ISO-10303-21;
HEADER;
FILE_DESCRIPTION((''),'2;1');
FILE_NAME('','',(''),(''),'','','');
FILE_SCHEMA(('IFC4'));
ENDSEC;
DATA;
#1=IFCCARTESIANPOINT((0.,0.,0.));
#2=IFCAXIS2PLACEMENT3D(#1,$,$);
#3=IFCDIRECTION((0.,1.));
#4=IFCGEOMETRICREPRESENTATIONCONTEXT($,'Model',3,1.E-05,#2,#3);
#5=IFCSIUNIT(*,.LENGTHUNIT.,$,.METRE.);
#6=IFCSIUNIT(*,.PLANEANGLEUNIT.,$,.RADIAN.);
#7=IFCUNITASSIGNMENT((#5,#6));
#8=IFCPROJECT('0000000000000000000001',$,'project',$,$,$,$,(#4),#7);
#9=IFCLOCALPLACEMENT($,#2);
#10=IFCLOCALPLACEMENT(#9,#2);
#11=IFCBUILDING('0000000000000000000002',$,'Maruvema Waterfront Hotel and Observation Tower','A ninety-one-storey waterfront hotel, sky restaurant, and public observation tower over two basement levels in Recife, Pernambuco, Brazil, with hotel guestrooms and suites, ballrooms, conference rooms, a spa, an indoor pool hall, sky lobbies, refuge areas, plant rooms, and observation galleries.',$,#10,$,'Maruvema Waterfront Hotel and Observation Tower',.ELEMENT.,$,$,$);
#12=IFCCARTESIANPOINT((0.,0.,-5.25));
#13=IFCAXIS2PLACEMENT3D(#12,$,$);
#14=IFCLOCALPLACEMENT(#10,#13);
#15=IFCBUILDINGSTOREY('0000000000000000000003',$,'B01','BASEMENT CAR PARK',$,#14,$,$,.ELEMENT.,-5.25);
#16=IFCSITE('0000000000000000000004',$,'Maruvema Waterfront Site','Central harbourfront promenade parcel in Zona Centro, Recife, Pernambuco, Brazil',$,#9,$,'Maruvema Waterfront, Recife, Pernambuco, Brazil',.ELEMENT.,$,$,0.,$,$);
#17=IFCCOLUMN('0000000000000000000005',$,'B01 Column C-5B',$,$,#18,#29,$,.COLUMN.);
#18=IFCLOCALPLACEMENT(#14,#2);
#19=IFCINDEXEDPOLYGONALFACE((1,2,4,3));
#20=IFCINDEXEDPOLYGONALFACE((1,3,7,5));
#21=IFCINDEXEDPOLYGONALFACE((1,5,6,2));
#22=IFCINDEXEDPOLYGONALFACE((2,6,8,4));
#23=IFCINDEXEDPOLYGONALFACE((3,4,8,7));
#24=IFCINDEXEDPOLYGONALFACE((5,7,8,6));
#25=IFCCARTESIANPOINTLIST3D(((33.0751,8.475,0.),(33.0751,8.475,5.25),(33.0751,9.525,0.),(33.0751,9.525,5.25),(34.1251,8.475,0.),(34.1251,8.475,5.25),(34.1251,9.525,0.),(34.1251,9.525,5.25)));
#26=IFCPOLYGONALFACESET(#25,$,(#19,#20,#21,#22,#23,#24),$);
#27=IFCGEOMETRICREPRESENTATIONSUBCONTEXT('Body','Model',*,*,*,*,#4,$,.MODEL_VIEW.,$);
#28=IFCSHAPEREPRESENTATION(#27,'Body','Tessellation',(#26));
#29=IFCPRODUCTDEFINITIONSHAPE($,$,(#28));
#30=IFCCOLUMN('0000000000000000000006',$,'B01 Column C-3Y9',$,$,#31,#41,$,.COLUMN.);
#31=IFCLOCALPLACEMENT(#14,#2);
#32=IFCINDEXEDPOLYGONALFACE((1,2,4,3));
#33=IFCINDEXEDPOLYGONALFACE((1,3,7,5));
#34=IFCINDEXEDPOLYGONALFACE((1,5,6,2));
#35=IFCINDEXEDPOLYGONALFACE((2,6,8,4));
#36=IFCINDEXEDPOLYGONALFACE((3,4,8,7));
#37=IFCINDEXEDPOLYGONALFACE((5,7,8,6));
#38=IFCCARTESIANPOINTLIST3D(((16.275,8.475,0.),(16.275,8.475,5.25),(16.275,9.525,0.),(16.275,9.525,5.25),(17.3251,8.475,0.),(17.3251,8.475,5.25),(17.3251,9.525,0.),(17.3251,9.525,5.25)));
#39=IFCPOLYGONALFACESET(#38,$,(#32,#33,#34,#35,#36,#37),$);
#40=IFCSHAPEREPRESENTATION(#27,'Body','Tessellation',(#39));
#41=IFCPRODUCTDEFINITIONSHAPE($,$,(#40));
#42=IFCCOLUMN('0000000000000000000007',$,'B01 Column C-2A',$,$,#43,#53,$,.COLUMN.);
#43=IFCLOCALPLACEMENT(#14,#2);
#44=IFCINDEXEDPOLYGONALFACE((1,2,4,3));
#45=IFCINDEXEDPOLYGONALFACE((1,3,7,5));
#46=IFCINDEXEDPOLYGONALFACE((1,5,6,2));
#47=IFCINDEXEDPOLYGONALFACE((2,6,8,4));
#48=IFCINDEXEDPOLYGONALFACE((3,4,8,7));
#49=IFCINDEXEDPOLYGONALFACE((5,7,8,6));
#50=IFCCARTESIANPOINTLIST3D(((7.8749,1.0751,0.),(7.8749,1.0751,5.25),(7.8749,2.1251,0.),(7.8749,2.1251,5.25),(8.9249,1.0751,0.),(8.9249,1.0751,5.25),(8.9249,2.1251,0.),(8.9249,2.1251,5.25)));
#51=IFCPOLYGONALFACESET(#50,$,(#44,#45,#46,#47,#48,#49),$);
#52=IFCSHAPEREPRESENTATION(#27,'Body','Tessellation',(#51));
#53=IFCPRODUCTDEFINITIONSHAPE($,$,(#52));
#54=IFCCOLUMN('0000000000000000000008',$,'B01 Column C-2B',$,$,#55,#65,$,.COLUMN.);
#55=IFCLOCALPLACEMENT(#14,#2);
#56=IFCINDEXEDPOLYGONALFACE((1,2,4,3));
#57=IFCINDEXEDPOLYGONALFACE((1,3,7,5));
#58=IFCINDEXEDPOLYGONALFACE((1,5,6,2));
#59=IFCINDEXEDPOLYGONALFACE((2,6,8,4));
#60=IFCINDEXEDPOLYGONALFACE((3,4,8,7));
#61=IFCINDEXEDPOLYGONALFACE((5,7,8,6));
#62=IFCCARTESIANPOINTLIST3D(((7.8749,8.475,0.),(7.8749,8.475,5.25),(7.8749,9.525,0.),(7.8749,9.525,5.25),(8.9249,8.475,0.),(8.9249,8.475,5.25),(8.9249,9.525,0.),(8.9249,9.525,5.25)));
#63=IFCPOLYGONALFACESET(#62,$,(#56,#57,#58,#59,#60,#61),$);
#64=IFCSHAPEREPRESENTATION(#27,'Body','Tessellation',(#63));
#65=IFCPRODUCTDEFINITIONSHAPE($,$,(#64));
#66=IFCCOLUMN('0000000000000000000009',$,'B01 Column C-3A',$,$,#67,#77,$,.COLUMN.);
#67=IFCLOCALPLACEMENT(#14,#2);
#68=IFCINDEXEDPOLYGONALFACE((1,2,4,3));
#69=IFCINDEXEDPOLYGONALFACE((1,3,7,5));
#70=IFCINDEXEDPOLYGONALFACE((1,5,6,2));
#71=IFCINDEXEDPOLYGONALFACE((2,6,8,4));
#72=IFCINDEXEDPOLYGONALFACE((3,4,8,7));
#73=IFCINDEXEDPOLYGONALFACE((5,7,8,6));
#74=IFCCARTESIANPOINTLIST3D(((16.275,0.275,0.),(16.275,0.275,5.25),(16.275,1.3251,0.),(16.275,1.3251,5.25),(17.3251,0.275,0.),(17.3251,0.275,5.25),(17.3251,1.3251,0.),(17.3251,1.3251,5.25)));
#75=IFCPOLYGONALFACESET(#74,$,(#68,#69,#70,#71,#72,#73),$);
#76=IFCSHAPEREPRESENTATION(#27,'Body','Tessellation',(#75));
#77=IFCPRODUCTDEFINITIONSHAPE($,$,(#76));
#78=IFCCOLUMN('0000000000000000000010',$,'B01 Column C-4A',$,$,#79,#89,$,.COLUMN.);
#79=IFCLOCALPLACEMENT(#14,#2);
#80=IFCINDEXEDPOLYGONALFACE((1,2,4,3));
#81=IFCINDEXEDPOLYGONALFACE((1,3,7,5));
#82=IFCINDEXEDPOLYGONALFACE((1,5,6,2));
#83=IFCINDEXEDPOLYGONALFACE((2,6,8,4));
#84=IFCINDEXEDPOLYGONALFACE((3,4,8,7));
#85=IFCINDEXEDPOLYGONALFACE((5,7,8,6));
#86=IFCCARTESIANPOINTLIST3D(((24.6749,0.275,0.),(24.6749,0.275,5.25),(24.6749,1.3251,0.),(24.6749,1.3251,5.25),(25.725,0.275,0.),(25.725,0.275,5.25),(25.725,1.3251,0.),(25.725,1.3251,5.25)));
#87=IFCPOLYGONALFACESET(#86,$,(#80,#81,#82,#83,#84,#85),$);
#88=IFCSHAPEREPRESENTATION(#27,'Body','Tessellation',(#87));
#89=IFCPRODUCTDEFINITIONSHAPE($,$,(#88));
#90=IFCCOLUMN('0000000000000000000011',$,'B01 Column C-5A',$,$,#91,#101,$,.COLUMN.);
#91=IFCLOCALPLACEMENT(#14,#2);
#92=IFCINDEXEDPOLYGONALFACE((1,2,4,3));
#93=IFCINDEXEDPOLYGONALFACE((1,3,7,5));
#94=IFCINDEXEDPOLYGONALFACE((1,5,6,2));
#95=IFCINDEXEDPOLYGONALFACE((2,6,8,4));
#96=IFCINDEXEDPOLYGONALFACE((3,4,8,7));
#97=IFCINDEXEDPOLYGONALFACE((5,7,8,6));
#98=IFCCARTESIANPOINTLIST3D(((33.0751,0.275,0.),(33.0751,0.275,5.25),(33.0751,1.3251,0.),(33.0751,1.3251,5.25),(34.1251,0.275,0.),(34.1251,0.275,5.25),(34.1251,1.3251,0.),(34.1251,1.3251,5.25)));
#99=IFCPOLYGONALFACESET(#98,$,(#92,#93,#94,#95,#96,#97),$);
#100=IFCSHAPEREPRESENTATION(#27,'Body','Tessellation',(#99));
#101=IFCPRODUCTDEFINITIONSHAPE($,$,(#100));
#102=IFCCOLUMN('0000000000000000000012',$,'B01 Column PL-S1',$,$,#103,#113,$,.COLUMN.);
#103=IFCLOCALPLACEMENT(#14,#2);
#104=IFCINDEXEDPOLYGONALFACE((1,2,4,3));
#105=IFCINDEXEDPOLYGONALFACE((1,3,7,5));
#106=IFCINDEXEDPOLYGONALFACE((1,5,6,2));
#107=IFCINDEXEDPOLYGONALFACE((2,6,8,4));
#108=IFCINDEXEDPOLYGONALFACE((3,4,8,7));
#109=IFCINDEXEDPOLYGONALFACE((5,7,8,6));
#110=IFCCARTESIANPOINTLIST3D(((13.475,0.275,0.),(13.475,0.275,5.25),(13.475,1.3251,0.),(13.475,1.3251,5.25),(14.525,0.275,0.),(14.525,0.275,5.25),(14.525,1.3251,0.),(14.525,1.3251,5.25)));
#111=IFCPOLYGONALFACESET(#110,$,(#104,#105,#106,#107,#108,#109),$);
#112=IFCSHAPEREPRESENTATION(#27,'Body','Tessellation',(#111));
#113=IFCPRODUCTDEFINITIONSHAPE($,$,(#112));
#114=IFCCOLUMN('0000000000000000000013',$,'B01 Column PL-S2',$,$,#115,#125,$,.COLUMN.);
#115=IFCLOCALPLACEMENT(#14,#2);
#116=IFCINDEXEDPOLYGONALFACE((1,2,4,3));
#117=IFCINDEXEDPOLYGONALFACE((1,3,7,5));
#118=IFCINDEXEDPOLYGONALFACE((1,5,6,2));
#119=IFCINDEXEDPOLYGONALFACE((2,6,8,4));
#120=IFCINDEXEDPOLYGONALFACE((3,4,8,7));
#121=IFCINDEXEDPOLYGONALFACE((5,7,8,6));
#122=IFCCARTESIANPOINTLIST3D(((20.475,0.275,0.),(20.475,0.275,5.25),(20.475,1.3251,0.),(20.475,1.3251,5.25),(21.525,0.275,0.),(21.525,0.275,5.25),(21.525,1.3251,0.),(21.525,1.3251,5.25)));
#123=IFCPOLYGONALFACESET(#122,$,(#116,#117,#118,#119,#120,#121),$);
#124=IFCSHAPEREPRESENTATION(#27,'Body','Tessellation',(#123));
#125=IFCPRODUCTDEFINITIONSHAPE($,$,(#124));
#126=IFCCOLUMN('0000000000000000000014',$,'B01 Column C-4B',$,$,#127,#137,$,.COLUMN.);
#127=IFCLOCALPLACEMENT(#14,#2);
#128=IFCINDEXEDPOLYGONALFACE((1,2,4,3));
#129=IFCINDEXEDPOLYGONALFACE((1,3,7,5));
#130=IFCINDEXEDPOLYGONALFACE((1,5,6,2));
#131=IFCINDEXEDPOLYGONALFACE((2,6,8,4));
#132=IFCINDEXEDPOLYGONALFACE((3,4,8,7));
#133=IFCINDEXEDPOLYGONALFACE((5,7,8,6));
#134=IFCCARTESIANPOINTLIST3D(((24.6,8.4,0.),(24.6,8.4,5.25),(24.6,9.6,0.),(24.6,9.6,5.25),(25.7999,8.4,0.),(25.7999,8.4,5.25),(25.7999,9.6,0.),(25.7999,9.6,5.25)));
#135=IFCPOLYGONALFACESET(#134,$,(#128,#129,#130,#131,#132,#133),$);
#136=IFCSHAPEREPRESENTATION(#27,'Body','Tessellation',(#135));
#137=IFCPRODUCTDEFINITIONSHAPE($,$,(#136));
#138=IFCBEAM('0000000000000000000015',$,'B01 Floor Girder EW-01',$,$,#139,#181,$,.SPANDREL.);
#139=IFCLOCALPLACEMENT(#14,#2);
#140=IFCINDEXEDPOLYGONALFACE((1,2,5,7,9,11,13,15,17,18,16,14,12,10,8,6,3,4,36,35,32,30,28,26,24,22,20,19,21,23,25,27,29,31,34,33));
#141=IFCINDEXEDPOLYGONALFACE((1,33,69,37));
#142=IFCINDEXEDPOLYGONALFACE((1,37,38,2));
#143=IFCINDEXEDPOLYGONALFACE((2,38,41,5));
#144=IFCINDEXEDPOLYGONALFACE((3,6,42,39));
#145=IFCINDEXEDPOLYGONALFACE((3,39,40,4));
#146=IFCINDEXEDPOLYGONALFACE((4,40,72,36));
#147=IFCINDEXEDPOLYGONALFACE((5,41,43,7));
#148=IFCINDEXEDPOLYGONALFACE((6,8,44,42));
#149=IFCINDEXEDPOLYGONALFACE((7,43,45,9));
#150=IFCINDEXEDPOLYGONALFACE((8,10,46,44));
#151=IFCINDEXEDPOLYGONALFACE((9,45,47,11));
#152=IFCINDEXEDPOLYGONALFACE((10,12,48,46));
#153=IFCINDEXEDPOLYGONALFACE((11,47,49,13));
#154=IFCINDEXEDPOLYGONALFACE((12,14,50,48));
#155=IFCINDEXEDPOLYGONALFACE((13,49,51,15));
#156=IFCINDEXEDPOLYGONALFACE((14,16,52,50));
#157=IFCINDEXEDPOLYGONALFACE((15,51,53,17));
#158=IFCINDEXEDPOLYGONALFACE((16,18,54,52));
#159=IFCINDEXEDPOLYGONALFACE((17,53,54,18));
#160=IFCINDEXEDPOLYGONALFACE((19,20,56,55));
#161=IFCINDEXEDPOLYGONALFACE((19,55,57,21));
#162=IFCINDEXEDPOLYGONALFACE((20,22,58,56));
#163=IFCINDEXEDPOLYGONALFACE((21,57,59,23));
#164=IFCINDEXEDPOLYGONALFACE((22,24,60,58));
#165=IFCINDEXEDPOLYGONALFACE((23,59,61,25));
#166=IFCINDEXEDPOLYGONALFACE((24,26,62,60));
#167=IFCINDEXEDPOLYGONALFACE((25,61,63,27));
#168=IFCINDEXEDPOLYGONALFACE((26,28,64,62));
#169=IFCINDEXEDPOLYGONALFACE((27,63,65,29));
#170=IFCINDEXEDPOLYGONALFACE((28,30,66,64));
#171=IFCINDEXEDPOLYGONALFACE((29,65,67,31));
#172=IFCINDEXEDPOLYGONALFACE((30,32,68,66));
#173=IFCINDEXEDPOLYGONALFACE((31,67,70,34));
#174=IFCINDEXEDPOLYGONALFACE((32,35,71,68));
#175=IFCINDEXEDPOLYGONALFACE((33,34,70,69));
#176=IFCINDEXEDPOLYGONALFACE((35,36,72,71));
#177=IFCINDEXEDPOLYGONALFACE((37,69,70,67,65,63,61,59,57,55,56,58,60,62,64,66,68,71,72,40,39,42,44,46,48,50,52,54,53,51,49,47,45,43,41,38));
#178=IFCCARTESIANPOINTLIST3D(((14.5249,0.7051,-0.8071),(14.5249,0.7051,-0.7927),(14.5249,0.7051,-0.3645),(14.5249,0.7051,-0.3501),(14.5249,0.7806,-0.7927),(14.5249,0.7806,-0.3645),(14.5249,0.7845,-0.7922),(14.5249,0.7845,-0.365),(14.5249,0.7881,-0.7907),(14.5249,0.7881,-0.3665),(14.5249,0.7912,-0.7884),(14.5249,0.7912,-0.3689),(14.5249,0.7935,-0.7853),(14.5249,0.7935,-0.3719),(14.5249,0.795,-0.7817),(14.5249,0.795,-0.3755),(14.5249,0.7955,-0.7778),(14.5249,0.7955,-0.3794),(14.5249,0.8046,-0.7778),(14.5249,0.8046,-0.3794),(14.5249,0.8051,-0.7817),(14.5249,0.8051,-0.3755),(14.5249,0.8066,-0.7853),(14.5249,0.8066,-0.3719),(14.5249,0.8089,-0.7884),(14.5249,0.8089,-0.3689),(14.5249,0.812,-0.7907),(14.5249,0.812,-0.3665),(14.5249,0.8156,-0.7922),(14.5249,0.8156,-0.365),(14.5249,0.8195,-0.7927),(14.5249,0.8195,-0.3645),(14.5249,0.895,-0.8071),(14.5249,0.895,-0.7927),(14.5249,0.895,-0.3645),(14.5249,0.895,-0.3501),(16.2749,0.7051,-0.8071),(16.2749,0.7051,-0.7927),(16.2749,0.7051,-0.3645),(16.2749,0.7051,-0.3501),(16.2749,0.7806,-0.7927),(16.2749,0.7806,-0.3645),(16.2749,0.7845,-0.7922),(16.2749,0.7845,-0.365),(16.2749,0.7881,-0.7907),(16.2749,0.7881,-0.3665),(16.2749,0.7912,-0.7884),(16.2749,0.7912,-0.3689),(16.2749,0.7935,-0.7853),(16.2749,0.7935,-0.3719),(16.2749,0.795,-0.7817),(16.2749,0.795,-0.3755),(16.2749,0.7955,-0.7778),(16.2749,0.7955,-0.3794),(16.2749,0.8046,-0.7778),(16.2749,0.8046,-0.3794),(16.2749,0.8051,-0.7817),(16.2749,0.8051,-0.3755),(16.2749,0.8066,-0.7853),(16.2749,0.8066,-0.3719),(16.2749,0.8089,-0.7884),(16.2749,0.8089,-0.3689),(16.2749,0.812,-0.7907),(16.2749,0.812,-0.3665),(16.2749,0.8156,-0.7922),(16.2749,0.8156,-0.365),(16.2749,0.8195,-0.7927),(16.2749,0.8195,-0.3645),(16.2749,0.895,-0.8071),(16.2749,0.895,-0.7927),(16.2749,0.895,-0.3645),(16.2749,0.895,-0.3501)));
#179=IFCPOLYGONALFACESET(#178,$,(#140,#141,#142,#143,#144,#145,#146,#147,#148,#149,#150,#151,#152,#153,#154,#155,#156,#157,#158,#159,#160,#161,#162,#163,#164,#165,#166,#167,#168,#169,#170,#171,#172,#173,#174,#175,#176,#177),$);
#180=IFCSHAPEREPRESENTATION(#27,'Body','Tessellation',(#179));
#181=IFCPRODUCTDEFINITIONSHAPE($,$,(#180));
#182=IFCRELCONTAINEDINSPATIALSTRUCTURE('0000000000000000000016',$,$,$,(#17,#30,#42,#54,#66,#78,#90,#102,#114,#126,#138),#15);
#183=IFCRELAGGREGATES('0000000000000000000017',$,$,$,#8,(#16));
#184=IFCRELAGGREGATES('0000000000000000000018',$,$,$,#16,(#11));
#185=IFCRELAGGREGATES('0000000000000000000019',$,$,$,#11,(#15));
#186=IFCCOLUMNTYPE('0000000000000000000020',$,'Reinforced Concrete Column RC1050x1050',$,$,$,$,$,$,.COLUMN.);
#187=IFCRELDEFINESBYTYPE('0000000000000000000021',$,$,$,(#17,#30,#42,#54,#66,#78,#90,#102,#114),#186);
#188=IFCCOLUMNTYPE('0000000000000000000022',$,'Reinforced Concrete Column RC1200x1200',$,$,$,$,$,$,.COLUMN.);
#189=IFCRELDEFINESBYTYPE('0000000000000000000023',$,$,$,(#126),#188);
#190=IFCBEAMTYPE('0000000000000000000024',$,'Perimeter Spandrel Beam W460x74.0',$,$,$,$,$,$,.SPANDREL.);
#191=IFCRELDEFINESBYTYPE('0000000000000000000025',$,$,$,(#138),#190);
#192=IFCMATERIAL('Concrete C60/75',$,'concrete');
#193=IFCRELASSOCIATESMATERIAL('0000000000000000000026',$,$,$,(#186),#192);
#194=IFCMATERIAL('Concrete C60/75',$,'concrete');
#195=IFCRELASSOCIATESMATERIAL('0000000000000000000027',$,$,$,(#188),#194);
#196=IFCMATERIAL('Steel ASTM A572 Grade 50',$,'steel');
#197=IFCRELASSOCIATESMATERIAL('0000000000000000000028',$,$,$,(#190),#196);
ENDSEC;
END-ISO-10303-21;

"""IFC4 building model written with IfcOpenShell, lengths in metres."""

from ifc_helpers import new_model, si_unit, direction, frame, origin, origin_2d, place, context, subcontext, project, spatial, rectangle, i_section, extrude, material, material_profile, profile_set, type_object, element, save


model = new_model("IFC4")

# Units and contexts
model_context = context("Model", 3, precision=1e-05, world=origin(), true_north=direction((0.0, 1.0)))
body_context = subcontext(model_context, "Body", "Model", "MODEL_VIEW")
ifc_project = project(units=[si_unit("LENGTHUNIT", "METRE"), si_unit("PLANEANGLEUNIT", "RADIAN")], contexts=[model_context])

# Site, building, storey
site_placement = place(None, origin())
site = spatial("IfcSite", under=ifc_project, at=site_placement, Name="Maruvema Waterfront Site", Description="Central harbourfront promenade parcel in Zona Centro, Recife, Pernambuco, Brazil", LongName="Maruvema Waterfront, Recife, Pernambuco, Brazil", CompositionType="ELEMENT", RefElevation=0.0)
building_placement = place(site_placement, origin())
building = spatial("IfcBuilding", under=site, at=building_placement, Name="Maruvema Waterfront Hotel and Observation Tower", Description="A ninety-one-storey waterfront hotel, sky restaurant, and public observation tower over two basement levels in Recife, Pernambuco, Brazil, with hotel guestrooms and suites, ballrooms, conference rooms, a spa, an indoor pool hall, sky lobbies, refuge areas, plant rooms, and observation galleries.", LongName="Maruvema Waterfront Hotel and Observation Tower", CompositionType="ELEMENT")
storey_placement = place(building_placement, frame((0.0, 0.0, -5.25)))
storey = spatial("IfcBuildingStorey", under=building, at=storey_placement, Name="B01", Description="BASEMENT CAR PARK", CompositionType="ELEMENT", Elevation=-5.25)

# Columns
ifc_material_1 = material(Name="Concrete C60/75", Category="concrete")
ifc_material_profile_1 = material_profile(ifc_material_1, rectangle(XDim=1.05, YDim=1.05, at=origin_2d()), Name="RC1050x1050")
ifc_profile_set_1 = profile_set([ifc_material_profile_1], Name="Concrete C60/75")
column_type_1 = type_object("IfcColumnType", Name="Reinforced Concrete Column RC1050x1050", PredefinedType="COLUMN", material=ifc_profile_set_1)
for number, where, z_axis, x_axis, name in (
    (1, (33.6001, 9.0, 0.0), (0.0, 0.0, 1.0), (1.0, 0.0, 0.0), "B01 Column C-5B"),
    (2, (16.8, 9.0, 0.0), (0.0, 0.0, 1.0), (1.0, 0.0, 0.0), "B01 Column C-3Y9"),
    (3, (8.3999, 1.6001, 0.0), (0.0, 0.0, 1.0), (1.0, 0.0, 0.0), "B01 Column C-2A"),
    (4, (8.3999, 9.0, 0.0), (0.0, 0.0, 1.0), (1.0, 0.0, 0.0), "B01 Column C-2B"),
    (5, (16.8, 0.8, 0.0), (0.0, 0.0, 1.0), (1.0, 0.0, 0.0), "B01 Column C-3A"),
    (6, (25.2, 0.8, 0.0), (0.0, 0.0, 1.0), (1.0, 0.0, 0.0), "B01 Column C-4A"),
    (7, (33.6001, 0.8, 0.0), (0.0, 0.0, 1.0), (1.0, 0.0, 0.0), "B01 Column C-5A"),
    (8, (14.0, 0.8, 0.0), (0.0, 0.0, 1.0), (1.0, 0.0, 0.0), "B01 Column PL-S1"),
    (9, (21.0, 0.8, 0.0), (0.0, 0.0, 1.0), (1.0, 0.0, 0.0), "B01 Column PL-S2"),
):
    element("IfcColumn", number, at=place(storey_placement, frame(where, z_axis=z_axis, x_axis=x_axis)), inside=storey, type_object=column_type_1, Name=name, PredefinedType="COLUMN", context=body_context, shape_type="SweptSolid", body=[
        extrude(rectangle(XDim=1.05, YDim=1.05, at=origin_2d()), origin(), (0.0, 0.0, 1.0), 5.25),
    ])
ifc_material_2 = material(Name="Concrete C60/75", Category="concrete")
ifc_material_profile_2 = material_profile(ifc_material_2, rectangle(XDim=1.2, YDim=1.2, at=origin_2d()), Name="RC1200x1200")
ifc_profile_set_2 = profile_set([ifc_material_profile_2], Name="Concrete C60/75")
column_type_2 = type_object("IfcColumnType", Name="Reinforced Concrete Column RC1200x1200", PredefinedType="COLUMN", material=ifc_profile_set_2)
column_placement = place(storey_placement, frame((25.2, 9.0, 0.0), z_axis=(0.0, 0.0, 1.0), x_axis=(1.0, 0.0, 0.0)))
element("IfcColumn", 10, at=column_placement, inside=storey, type_object=column_type_2, Name="B01 Column C-4B", PredefinedType="COLUMN", context=body_context, shape_type="SweptSolid", body=[
    extrude(rectangle(XDim=1.2, YDim=1.2, at=origin_2d()), origin(), (0.0, 0.0, 1.0), 5.25),
])

# Beam
ifc_material_3 = material(Name="Steel ASTM A572 Grade 50", Category="steel")
ifc_material_profile_3 = material_profile(ifc_material_3, i_section(OverallWidth=0.1899, OverallDepth=0.457, WebThickness=0.009, FlangeThickness=0.0144, FilletRadius=0.0149, at=origin_2d()), Name="W460x74.0")
ifc_profile_set_3 = profile_set([ifc_material_profile_3], Name="Steel ASTM A572 Grade 50")
beam_type_1 = type_object("IfcBeamType", Name="Perimeter Spandrel Beam W460x74.0", PredefinedType="SPANDREL", material=ifc_profile_set_3)
beam_1_placement = place(storey_placement, frame((14.5249, 0.8, -0.5786), z_axis=(1.0, 0.0, 0.0), x_axis=(0.0, 1.0, 0.0)))
element("IfcBeam", 11, at=beam_1_placement, inside=storey, type_object=beam_type_1, Name="B01 Floor Girder EW-01", PredefinedType="SPANDREL", context=body_context, shape_type="SweptSolid", body=[
    extrude(i_section(OverallWidth=0.1899, OverallDepth=0.457, WebThickness=0.009, FlangeThickness=0.0144, FilletRadius=0.0149, at=origin_2d()), origin(), (0.0, 0.0, 1.0), 1.75),
])

save(model, "model.ifc")
